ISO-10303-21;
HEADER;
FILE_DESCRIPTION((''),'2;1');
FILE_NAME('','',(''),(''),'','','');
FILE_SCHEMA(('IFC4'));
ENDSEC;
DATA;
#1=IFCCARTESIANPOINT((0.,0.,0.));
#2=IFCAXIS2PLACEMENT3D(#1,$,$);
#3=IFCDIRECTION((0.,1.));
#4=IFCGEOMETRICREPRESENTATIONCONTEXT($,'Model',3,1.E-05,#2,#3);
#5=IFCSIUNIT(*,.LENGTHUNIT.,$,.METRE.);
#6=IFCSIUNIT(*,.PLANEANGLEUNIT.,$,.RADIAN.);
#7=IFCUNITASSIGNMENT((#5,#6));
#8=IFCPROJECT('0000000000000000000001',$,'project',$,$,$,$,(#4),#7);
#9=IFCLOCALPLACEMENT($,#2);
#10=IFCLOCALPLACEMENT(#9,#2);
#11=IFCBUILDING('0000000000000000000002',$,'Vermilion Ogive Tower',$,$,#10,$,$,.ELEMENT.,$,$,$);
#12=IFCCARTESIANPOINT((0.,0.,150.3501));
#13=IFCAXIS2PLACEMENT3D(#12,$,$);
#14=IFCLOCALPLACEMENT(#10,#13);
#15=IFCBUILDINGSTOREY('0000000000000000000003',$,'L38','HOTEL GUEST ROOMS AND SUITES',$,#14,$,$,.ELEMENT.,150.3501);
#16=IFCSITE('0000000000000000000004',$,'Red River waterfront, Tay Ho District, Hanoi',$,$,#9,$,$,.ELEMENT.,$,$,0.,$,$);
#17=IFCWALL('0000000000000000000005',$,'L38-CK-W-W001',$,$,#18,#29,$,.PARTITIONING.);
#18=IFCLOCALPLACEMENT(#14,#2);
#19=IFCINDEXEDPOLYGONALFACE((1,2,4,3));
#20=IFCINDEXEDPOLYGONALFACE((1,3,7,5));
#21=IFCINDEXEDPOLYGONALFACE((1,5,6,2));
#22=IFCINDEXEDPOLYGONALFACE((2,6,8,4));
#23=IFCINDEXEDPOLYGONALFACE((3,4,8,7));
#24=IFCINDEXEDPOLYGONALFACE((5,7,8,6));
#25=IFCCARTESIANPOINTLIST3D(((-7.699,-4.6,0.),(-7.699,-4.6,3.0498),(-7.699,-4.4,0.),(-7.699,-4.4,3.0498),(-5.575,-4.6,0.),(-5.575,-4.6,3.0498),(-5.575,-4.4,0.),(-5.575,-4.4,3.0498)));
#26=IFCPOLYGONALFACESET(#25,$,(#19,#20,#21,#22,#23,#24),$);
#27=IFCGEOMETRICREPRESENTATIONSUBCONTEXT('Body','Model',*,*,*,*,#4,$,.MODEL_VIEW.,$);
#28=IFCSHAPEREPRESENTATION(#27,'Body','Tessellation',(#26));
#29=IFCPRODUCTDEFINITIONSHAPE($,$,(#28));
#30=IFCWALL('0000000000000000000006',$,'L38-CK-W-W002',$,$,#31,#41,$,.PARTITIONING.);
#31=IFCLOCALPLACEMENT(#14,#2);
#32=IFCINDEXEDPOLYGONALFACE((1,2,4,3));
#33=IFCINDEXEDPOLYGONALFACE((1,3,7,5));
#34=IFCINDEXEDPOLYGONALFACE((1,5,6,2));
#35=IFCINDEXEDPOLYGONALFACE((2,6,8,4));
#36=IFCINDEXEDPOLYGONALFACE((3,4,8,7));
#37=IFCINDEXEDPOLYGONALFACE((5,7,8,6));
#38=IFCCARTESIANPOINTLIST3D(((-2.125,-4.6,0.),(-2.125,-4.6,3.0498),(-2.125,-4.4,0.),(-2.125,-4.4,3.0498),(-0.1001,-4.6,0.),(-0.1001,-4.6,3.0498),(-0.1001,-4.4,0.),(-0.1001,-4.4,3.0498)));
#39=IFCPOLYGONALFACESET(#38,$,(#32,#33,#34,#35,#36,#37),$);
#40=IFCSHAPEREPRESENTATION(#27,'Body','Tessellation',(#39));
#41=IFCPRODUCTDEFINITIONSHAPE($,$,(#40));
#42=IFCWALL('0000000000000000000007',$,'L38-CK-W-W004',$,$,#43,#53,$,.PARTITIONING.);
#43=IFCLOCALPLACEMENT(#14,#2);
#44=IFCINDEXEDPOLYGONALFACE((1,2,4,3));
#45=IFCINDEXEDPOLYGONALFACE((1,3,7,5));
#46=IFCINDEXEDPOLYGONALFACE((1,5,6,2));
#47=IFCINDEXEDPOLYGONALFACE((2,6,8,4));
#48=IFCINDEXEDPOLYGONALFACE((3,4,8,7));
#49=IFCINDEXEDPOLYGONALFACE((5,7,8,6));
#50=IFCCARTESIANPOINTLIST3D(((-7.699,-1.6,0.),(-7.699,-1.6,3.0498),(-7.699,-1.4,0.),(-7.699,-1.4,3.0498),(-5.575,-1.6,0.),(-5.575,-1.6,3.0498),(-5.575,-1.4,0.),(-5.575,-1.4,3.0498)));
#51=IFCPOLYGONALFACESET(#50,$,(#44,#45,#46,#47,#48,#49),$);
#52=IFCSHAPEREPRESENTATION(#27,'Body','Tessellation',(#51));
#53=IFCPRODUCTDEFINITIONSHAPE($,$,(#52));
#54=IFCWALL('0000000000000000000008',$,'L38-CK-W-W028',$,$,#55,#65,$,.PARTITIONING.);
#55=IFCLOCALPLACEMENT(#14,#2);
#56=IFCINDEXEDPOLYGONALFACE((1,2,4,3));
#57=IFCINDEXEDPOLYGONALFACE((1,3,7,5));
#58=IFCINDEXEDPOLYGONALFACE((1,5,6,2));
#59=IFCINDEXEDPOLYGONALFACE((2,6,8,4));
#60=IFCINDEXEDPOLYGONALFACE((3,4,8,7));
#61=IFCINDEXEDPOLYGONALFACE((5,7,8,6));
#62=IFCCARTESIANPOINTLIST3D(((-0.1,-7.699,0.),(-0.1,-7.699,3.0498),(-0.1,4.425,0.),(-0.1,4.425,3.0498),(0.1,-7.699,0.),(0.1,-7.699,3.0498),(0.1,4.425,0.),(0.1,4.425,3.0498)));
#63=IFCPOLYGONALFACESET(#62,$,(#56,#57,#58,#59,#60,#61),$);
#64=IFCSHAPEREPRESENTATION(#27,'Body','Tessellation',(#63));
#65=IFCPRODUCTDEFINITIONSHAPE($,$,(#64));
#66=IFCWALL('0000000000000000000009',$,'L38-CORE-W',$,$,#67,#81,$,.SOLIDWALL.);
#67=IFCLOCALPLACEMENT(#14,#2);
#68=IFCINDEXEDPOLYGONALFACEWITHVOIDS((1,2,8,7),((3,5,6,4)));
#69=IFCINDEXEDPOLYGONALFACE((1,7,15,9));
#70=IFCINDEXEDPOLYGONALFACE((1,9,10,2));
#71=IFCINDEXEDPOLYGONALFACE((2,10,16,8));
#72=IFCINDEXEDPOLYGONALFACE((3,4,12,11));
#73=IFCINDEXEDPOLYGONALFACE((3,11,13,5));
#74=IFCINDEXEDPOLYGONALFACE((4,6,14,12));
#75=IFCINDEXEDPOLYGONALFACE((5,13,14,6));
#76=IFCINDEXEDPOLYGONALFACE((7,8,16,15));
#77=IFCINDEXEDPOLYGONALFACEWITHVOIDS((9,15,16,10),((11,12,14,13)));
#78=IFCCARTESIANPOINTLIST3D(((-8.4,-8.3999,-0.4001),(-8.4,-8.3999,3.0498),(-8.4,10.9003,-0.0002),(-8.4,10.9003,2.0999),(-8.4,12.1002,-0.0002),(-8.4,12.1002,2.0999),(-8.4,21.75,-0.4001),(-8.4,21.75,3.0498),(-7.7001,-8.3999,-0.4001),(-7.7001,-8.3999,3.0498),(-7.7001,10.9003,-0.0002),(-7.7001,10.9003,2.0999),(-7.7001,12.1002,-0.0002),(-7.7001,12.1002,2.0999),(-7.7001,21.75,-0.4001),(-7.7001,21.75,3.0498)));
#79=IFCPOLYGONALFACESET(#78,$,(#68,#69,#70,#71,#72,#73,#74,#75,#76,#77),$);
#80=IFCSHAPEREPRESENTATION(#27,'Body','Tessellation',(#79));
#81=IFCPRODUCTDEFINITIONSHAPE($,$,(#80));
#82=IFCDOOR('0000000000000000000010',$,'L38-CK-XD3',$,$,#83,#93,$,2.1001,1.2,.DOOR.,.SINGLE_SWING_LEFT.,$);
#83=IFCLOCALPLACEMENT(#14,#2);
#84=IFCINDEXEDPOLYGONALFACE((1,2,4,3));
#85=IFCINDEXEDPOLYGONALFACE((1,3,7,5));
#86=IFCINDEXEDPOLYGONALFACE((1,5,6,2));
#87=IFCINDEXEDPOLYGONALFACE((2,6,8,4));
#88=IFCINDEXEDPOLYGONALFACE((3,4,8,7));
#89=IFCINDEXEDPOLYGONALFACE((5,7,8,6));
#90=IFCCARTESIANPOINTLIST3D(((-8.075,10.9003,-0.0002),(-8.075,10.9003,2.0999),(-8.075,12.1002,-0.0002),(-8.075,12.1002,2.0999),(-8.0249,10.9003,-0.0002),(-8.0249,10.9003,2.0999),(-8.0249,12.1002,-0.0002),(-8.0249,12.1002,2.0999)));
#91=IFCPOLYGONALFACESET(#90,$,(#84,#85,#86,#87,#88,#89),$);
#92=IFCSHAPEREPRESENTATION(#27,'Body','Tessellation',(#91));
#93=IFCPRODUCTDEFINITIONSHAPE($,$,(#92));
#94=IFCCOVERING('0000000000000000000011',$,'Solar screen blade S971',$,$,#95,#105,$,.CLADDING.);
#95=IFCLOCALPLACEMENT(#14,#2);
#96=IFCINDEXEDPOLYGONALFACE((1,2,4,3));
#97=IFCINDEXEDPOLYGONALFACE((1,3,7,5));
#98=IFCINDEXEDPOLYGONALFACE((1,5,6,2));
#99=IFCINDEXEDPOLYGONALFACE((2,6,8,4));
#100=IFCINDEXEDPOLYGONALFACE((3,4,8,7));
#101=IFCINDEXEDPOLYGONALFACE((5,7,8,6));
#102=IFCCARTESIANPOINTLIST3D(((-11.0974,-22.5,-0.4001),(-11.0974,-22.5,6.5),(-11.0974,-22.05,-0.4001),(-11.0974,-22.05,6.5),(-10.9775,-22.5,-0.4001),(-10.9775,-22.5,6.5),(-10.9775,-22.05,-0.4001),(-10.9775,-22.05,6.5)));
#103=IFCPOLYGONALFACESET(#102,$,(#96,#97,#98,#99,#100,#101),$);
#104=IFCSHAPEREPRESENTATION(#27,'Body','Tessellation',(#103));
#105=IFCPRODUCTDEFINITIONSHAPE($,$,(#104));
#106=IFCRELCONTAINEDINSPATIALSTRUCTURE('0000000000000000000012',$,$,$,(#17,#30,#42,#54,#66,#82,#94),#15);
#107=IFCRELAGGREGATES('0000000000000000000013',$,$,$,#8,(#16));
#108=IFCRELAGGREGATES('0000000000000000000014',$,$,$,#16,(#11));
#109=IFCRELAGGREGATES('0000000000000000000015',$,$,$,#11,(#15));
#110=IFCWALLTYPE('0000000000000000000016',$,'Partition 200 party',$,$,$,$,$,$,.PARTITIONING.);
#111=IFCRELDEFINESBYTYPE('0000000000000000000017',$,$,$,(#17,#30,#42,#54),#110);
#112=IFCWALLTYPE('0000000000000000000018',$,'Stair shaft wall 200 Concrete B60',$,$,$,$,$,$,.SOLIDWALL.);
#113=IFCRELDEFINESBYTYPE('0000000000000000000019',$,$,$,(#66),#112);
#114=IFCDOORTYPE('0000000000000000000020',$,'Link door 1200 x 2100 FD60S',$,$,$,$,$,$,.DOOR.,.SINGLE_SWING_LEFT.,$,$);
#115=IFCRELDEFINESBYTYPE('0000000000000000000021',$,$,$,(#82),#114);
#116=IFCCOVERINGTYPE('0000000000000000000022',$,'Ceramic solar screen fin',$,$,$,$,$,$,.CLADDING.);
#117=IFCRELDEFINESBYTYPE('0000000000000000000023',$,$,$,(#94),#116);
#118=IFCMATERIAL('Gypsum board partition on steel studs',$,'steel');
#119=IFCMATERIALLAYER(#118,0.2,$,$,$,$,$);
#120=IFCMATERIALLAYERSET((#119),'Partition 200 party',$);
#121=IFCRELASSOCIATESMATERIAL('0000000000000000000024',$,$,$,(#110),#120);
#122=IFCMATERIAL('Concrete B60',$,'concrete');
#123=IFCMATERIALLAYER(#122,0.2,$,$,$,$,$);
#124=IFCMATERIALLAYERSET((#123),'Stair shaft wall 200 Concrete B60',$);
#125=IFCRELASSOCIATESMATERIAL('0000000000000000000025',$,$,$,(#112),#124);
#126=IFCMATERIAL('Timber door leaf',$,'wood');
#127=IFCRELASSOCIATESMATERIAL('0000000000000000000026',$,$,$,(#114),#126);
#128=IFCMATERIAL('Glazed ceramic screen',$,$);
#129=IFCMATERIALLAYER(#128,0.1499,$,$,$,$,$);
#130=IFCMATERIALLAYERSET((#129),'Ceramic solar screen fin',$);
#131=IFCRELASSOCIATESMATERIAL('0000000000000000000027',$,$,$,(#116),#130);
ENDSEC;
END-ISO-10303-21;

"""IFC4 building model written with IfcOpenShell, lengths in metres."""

from ifc_helpers import new_model, si_unit, direction, frame, frame_2d, origin, place, context, subcontext, project, spatial, polyline, rectangle, outline, extrude, material, layer, layer_set, type_object, element, fill, save


model = new_model("IFC4")

# Units and contexts
model_context = context("Model", 3, precision=1e-05, world=origin(), true_north=direction((0.0, 1.0)))
body_context = subcontext(model_context, "Body", "Model", "MODEL_VIEW")
ifc_project = project(units=[si_unit("LENGTHUNIT", "METRE"), si_unit("PLANEANGLEUNIT", "RADIAN")], contexts=[model_context])

# Site, building, storey
site_placement = place(None, origin())
site = spatial("IfcSite", under=ifc_project, at=site_placement, Name="Red River waterfront, Tay Ho District, Hanoi", CompositionType="ELEMENT", RefElevation=0.0)
building_placement = place(site_placement, origin())
building = spatial("IfcBuilding", under=site, at=building_placement, Name="Vermilion Ogive Tower", CompositionType="ELEMENT")
storey_placement = place(building_placement, frame((0.0, 0.0, 150.3501)))
storey = spatial("IfcBuildingStorey", under=building, at=storey_placement, Name="L38", Description="HOTEL GUEST ROOMS AND SUITES", CompositionType="ELEMENT", Elevation=150.3501)

# Walls
ifc_material_1 = material(Name="Gypsum board partition on steel studs", Category="steel")
ifc_layer_1 = layer(ifc_material_1, 0.2)
ifc_layer_set_1 = layer_set([ifc_layer_1], Name="Partition 200 party")
wall_type_1 = type_object("IfcWallType", Name="Partition 200 party", PredefinedType="PARTITIONING", material=ifc_layer_set_1)
wall_1_placement = place(storey_placement, frame((-7.699, -4.5, 0.0), z_axis=(0.0, 0.0, 1.0), x_axis=(1.0, 0.0, 0.0)))
element("IfcWall", 1, at=wall_1_placement, inside=storey, type_object=wall_type_1, Name="L38-CK-W-W001", PredefinedType="PARTITIONING", context=body_context, shape_type="SweptSolid", body=[
    extrude(rectangle(XDim=2.124, YDim=0.2, at=frame_2d((1.062, 0.0))), origin(), (0.0, 0.0, 1.0), 3.0498),
])
wall_2_placement = place(storey_placement, frame((-2.125, -4.5, 0.0), z_axis=(0.0, 0.0, 1.0), x_axis=(1.0, 0.0, 0.0)))
element("IfcWall", 2, at=wall_2_placement, inside=storey, type_object=wall_type_1, Name="L38-CK-W-W002", PredefinedType="PARTITIONING", context=body_context, shape_type="SweptSolid", body=[
    extrude(rectangle(XDim=2.0249, YDim=0.2, at=frame_2d((1.0125, 0.0))), origin(), (0.0, 0.0, 1.0), 3.0498),
])
wall_3_placement = place(storey_placement, frame((-7.699, -1.5, 0.0), z_axis=(0.0, 0.0, 1.0), x_axis=(1.0, 0.0, 0.0)))
element("IfcWall", 3, at=wall_3_placement, inside=storey, type_object=wall_type_1, Name="L38-CK-W-W004", PredefinedType="PARTITIONING", context=body_context, shape_type="SweptSolid", body=[
    extrude(rectangle(XDim=2.124, YDim=0.2, at=frame_2d((1.062, 0.0))), origin(), (0.0, 0.0, 1.0), 3.0498),
])
wall_4_placement = place(storey_placement, frame((0.0, -7.699, 0.0), z_axis=(0.0, 0.0, 1.0), x_axis=(0.0, 1.0, 0.0)))
element("IfcWall", 4, at=wall_4_placement, inside=storey, type_object=wall_type_1, Name="L38-CK-W-W028", PredefinedType="PARTITIONING", context=body_context, shape_type="SweptSolid", body=[
    extrude(rectangle(XDim=12.124, YDim=0.2, at=frame_2d((6.062, 0.0))), origin(), (0.0, 0.0, 1.0), 3.0498),
])

# Wall, opening, door
ifc_material_2 = material(Name="Concrete B60", Category="concrete")
ifc_layer_2 = layer(ifc_material_2, 0.2)
ifc_layer_set_2 = layer_set([ifc_layer_2], Name="Stair shaft wall 200 Concrete B60")
wall_type_2 = type_object("IfcWallType", Name="Stair shaft wall 200 Concrete B60", PredefinedType="SOLIDWALL", material=ifc_layer_set_2)
wall_5_placement = place(storey_placement, frame((-8.05, -8.3999, -0.4001), z_axis=(0.0, 0.0, 1.0), x_axis=(0.0, 1.0, 0.0)))
wall_5 = element("IfcWall", 5, at=wall_5_placement, inside=storey, type_object=wall_type_2, Name="L38-CORE-W", PredefinedType="SOLIDWALL", context=body_context, shape_type="SweptSolid", body=[
    extrude(rectangle(XDim=30.1499, YDim=0.7, at=frame_2d((15.075, 0.0))), origin(), (0.0, 0.0, 1.0), 3.45),
])
opening_1_placement = place(wall_5_placement, frame((19.3, 0.0, 0.3999)))
opening_1 = element("IfcOpeningElement", 6, at=opening_1_placement, cuts=wall_5, PredefinedType="OPENING", context=body_context, shape_type="SweptSolid", body=[
    extrude(rectangle(XDim=1.2, YDim=2.1001, at=frame_2d((0.6001, 1.05))), frame((0.0, 0.3599, 0.0), z_axis=(0.0, -1.0, 0.0), x_axis=(1.0, 0.0, 0.0)), (0.0, 0.0, 1.0), 0.72),
])
ifc_material_3 = material(Name="Timber door leaf", Category="wood")
door_type_1 = type_object("IfcDoorType", Name="Link door 1200 x 2100 FD60S", OperationType="SINGLE_SWING_LEFT", PredefinedType="DOOR", material=ifc_material_3)
door_1_placement = place(opening_1_placement, origin())
door_1 = element("IfcDoor", 7, at=door_1_placement, inside=storey, type_object=door_type_1, Name="L38-CK-XD3", OperationType="SINGLE_SWING_LEFT", OverallHeight=2.1001, OverallWidth=1.2, PredefinedType="DOOR", context=body_context, shape_type="SweptSolid", body=[
    extrude(rectangle(XDim=1.2, YDim=2.1001, at=frame_2d((0.6001, 1.05))), frame((0.0, 0.0249, 0.0), z_axis=(0.0, -1.0, 0.0), x_axis=(1.0, 0.0, 0.0)), (0.0, 0.0, 1.0), 0.05),
])
fill(opening_1, door_1)

# Covering
ifc_material_4 = material(Name="Glazed ceramic screen")
ifc_layer_3 = layer(ifc_material_4, 0.1499)
ifc_layer_set_3 = layer_set([ifc_layer_3], Name="Ceramic solar screen fin")
covering_type = type_object("IfcCoveringType", Name="Ceramic solar screen fin", PredefinedType="CLADDING", material=ifc_layer_set_3)
covering_placement = place(storey_placement, frame((0.0, 0.0, -0.4001)))
element("IfcCovering", 8, at=covering_placement, inside=storey, type_object=covering_type, Name="Solar screen blade S971", PredefinedType="CLADDING", context=body_context, shape_type="SweptSolid", body=[
    extrude(outline(polyline([(-11.0974, -22.5), (-10.9775, -22.5), (-10.9775, -22.05), (-11.0974, -22.05), (-11.0974, -22.5)])), origin(), (0.0, 0.0, 1.0), 6.9001),
])

save(model, "model.ifc")
